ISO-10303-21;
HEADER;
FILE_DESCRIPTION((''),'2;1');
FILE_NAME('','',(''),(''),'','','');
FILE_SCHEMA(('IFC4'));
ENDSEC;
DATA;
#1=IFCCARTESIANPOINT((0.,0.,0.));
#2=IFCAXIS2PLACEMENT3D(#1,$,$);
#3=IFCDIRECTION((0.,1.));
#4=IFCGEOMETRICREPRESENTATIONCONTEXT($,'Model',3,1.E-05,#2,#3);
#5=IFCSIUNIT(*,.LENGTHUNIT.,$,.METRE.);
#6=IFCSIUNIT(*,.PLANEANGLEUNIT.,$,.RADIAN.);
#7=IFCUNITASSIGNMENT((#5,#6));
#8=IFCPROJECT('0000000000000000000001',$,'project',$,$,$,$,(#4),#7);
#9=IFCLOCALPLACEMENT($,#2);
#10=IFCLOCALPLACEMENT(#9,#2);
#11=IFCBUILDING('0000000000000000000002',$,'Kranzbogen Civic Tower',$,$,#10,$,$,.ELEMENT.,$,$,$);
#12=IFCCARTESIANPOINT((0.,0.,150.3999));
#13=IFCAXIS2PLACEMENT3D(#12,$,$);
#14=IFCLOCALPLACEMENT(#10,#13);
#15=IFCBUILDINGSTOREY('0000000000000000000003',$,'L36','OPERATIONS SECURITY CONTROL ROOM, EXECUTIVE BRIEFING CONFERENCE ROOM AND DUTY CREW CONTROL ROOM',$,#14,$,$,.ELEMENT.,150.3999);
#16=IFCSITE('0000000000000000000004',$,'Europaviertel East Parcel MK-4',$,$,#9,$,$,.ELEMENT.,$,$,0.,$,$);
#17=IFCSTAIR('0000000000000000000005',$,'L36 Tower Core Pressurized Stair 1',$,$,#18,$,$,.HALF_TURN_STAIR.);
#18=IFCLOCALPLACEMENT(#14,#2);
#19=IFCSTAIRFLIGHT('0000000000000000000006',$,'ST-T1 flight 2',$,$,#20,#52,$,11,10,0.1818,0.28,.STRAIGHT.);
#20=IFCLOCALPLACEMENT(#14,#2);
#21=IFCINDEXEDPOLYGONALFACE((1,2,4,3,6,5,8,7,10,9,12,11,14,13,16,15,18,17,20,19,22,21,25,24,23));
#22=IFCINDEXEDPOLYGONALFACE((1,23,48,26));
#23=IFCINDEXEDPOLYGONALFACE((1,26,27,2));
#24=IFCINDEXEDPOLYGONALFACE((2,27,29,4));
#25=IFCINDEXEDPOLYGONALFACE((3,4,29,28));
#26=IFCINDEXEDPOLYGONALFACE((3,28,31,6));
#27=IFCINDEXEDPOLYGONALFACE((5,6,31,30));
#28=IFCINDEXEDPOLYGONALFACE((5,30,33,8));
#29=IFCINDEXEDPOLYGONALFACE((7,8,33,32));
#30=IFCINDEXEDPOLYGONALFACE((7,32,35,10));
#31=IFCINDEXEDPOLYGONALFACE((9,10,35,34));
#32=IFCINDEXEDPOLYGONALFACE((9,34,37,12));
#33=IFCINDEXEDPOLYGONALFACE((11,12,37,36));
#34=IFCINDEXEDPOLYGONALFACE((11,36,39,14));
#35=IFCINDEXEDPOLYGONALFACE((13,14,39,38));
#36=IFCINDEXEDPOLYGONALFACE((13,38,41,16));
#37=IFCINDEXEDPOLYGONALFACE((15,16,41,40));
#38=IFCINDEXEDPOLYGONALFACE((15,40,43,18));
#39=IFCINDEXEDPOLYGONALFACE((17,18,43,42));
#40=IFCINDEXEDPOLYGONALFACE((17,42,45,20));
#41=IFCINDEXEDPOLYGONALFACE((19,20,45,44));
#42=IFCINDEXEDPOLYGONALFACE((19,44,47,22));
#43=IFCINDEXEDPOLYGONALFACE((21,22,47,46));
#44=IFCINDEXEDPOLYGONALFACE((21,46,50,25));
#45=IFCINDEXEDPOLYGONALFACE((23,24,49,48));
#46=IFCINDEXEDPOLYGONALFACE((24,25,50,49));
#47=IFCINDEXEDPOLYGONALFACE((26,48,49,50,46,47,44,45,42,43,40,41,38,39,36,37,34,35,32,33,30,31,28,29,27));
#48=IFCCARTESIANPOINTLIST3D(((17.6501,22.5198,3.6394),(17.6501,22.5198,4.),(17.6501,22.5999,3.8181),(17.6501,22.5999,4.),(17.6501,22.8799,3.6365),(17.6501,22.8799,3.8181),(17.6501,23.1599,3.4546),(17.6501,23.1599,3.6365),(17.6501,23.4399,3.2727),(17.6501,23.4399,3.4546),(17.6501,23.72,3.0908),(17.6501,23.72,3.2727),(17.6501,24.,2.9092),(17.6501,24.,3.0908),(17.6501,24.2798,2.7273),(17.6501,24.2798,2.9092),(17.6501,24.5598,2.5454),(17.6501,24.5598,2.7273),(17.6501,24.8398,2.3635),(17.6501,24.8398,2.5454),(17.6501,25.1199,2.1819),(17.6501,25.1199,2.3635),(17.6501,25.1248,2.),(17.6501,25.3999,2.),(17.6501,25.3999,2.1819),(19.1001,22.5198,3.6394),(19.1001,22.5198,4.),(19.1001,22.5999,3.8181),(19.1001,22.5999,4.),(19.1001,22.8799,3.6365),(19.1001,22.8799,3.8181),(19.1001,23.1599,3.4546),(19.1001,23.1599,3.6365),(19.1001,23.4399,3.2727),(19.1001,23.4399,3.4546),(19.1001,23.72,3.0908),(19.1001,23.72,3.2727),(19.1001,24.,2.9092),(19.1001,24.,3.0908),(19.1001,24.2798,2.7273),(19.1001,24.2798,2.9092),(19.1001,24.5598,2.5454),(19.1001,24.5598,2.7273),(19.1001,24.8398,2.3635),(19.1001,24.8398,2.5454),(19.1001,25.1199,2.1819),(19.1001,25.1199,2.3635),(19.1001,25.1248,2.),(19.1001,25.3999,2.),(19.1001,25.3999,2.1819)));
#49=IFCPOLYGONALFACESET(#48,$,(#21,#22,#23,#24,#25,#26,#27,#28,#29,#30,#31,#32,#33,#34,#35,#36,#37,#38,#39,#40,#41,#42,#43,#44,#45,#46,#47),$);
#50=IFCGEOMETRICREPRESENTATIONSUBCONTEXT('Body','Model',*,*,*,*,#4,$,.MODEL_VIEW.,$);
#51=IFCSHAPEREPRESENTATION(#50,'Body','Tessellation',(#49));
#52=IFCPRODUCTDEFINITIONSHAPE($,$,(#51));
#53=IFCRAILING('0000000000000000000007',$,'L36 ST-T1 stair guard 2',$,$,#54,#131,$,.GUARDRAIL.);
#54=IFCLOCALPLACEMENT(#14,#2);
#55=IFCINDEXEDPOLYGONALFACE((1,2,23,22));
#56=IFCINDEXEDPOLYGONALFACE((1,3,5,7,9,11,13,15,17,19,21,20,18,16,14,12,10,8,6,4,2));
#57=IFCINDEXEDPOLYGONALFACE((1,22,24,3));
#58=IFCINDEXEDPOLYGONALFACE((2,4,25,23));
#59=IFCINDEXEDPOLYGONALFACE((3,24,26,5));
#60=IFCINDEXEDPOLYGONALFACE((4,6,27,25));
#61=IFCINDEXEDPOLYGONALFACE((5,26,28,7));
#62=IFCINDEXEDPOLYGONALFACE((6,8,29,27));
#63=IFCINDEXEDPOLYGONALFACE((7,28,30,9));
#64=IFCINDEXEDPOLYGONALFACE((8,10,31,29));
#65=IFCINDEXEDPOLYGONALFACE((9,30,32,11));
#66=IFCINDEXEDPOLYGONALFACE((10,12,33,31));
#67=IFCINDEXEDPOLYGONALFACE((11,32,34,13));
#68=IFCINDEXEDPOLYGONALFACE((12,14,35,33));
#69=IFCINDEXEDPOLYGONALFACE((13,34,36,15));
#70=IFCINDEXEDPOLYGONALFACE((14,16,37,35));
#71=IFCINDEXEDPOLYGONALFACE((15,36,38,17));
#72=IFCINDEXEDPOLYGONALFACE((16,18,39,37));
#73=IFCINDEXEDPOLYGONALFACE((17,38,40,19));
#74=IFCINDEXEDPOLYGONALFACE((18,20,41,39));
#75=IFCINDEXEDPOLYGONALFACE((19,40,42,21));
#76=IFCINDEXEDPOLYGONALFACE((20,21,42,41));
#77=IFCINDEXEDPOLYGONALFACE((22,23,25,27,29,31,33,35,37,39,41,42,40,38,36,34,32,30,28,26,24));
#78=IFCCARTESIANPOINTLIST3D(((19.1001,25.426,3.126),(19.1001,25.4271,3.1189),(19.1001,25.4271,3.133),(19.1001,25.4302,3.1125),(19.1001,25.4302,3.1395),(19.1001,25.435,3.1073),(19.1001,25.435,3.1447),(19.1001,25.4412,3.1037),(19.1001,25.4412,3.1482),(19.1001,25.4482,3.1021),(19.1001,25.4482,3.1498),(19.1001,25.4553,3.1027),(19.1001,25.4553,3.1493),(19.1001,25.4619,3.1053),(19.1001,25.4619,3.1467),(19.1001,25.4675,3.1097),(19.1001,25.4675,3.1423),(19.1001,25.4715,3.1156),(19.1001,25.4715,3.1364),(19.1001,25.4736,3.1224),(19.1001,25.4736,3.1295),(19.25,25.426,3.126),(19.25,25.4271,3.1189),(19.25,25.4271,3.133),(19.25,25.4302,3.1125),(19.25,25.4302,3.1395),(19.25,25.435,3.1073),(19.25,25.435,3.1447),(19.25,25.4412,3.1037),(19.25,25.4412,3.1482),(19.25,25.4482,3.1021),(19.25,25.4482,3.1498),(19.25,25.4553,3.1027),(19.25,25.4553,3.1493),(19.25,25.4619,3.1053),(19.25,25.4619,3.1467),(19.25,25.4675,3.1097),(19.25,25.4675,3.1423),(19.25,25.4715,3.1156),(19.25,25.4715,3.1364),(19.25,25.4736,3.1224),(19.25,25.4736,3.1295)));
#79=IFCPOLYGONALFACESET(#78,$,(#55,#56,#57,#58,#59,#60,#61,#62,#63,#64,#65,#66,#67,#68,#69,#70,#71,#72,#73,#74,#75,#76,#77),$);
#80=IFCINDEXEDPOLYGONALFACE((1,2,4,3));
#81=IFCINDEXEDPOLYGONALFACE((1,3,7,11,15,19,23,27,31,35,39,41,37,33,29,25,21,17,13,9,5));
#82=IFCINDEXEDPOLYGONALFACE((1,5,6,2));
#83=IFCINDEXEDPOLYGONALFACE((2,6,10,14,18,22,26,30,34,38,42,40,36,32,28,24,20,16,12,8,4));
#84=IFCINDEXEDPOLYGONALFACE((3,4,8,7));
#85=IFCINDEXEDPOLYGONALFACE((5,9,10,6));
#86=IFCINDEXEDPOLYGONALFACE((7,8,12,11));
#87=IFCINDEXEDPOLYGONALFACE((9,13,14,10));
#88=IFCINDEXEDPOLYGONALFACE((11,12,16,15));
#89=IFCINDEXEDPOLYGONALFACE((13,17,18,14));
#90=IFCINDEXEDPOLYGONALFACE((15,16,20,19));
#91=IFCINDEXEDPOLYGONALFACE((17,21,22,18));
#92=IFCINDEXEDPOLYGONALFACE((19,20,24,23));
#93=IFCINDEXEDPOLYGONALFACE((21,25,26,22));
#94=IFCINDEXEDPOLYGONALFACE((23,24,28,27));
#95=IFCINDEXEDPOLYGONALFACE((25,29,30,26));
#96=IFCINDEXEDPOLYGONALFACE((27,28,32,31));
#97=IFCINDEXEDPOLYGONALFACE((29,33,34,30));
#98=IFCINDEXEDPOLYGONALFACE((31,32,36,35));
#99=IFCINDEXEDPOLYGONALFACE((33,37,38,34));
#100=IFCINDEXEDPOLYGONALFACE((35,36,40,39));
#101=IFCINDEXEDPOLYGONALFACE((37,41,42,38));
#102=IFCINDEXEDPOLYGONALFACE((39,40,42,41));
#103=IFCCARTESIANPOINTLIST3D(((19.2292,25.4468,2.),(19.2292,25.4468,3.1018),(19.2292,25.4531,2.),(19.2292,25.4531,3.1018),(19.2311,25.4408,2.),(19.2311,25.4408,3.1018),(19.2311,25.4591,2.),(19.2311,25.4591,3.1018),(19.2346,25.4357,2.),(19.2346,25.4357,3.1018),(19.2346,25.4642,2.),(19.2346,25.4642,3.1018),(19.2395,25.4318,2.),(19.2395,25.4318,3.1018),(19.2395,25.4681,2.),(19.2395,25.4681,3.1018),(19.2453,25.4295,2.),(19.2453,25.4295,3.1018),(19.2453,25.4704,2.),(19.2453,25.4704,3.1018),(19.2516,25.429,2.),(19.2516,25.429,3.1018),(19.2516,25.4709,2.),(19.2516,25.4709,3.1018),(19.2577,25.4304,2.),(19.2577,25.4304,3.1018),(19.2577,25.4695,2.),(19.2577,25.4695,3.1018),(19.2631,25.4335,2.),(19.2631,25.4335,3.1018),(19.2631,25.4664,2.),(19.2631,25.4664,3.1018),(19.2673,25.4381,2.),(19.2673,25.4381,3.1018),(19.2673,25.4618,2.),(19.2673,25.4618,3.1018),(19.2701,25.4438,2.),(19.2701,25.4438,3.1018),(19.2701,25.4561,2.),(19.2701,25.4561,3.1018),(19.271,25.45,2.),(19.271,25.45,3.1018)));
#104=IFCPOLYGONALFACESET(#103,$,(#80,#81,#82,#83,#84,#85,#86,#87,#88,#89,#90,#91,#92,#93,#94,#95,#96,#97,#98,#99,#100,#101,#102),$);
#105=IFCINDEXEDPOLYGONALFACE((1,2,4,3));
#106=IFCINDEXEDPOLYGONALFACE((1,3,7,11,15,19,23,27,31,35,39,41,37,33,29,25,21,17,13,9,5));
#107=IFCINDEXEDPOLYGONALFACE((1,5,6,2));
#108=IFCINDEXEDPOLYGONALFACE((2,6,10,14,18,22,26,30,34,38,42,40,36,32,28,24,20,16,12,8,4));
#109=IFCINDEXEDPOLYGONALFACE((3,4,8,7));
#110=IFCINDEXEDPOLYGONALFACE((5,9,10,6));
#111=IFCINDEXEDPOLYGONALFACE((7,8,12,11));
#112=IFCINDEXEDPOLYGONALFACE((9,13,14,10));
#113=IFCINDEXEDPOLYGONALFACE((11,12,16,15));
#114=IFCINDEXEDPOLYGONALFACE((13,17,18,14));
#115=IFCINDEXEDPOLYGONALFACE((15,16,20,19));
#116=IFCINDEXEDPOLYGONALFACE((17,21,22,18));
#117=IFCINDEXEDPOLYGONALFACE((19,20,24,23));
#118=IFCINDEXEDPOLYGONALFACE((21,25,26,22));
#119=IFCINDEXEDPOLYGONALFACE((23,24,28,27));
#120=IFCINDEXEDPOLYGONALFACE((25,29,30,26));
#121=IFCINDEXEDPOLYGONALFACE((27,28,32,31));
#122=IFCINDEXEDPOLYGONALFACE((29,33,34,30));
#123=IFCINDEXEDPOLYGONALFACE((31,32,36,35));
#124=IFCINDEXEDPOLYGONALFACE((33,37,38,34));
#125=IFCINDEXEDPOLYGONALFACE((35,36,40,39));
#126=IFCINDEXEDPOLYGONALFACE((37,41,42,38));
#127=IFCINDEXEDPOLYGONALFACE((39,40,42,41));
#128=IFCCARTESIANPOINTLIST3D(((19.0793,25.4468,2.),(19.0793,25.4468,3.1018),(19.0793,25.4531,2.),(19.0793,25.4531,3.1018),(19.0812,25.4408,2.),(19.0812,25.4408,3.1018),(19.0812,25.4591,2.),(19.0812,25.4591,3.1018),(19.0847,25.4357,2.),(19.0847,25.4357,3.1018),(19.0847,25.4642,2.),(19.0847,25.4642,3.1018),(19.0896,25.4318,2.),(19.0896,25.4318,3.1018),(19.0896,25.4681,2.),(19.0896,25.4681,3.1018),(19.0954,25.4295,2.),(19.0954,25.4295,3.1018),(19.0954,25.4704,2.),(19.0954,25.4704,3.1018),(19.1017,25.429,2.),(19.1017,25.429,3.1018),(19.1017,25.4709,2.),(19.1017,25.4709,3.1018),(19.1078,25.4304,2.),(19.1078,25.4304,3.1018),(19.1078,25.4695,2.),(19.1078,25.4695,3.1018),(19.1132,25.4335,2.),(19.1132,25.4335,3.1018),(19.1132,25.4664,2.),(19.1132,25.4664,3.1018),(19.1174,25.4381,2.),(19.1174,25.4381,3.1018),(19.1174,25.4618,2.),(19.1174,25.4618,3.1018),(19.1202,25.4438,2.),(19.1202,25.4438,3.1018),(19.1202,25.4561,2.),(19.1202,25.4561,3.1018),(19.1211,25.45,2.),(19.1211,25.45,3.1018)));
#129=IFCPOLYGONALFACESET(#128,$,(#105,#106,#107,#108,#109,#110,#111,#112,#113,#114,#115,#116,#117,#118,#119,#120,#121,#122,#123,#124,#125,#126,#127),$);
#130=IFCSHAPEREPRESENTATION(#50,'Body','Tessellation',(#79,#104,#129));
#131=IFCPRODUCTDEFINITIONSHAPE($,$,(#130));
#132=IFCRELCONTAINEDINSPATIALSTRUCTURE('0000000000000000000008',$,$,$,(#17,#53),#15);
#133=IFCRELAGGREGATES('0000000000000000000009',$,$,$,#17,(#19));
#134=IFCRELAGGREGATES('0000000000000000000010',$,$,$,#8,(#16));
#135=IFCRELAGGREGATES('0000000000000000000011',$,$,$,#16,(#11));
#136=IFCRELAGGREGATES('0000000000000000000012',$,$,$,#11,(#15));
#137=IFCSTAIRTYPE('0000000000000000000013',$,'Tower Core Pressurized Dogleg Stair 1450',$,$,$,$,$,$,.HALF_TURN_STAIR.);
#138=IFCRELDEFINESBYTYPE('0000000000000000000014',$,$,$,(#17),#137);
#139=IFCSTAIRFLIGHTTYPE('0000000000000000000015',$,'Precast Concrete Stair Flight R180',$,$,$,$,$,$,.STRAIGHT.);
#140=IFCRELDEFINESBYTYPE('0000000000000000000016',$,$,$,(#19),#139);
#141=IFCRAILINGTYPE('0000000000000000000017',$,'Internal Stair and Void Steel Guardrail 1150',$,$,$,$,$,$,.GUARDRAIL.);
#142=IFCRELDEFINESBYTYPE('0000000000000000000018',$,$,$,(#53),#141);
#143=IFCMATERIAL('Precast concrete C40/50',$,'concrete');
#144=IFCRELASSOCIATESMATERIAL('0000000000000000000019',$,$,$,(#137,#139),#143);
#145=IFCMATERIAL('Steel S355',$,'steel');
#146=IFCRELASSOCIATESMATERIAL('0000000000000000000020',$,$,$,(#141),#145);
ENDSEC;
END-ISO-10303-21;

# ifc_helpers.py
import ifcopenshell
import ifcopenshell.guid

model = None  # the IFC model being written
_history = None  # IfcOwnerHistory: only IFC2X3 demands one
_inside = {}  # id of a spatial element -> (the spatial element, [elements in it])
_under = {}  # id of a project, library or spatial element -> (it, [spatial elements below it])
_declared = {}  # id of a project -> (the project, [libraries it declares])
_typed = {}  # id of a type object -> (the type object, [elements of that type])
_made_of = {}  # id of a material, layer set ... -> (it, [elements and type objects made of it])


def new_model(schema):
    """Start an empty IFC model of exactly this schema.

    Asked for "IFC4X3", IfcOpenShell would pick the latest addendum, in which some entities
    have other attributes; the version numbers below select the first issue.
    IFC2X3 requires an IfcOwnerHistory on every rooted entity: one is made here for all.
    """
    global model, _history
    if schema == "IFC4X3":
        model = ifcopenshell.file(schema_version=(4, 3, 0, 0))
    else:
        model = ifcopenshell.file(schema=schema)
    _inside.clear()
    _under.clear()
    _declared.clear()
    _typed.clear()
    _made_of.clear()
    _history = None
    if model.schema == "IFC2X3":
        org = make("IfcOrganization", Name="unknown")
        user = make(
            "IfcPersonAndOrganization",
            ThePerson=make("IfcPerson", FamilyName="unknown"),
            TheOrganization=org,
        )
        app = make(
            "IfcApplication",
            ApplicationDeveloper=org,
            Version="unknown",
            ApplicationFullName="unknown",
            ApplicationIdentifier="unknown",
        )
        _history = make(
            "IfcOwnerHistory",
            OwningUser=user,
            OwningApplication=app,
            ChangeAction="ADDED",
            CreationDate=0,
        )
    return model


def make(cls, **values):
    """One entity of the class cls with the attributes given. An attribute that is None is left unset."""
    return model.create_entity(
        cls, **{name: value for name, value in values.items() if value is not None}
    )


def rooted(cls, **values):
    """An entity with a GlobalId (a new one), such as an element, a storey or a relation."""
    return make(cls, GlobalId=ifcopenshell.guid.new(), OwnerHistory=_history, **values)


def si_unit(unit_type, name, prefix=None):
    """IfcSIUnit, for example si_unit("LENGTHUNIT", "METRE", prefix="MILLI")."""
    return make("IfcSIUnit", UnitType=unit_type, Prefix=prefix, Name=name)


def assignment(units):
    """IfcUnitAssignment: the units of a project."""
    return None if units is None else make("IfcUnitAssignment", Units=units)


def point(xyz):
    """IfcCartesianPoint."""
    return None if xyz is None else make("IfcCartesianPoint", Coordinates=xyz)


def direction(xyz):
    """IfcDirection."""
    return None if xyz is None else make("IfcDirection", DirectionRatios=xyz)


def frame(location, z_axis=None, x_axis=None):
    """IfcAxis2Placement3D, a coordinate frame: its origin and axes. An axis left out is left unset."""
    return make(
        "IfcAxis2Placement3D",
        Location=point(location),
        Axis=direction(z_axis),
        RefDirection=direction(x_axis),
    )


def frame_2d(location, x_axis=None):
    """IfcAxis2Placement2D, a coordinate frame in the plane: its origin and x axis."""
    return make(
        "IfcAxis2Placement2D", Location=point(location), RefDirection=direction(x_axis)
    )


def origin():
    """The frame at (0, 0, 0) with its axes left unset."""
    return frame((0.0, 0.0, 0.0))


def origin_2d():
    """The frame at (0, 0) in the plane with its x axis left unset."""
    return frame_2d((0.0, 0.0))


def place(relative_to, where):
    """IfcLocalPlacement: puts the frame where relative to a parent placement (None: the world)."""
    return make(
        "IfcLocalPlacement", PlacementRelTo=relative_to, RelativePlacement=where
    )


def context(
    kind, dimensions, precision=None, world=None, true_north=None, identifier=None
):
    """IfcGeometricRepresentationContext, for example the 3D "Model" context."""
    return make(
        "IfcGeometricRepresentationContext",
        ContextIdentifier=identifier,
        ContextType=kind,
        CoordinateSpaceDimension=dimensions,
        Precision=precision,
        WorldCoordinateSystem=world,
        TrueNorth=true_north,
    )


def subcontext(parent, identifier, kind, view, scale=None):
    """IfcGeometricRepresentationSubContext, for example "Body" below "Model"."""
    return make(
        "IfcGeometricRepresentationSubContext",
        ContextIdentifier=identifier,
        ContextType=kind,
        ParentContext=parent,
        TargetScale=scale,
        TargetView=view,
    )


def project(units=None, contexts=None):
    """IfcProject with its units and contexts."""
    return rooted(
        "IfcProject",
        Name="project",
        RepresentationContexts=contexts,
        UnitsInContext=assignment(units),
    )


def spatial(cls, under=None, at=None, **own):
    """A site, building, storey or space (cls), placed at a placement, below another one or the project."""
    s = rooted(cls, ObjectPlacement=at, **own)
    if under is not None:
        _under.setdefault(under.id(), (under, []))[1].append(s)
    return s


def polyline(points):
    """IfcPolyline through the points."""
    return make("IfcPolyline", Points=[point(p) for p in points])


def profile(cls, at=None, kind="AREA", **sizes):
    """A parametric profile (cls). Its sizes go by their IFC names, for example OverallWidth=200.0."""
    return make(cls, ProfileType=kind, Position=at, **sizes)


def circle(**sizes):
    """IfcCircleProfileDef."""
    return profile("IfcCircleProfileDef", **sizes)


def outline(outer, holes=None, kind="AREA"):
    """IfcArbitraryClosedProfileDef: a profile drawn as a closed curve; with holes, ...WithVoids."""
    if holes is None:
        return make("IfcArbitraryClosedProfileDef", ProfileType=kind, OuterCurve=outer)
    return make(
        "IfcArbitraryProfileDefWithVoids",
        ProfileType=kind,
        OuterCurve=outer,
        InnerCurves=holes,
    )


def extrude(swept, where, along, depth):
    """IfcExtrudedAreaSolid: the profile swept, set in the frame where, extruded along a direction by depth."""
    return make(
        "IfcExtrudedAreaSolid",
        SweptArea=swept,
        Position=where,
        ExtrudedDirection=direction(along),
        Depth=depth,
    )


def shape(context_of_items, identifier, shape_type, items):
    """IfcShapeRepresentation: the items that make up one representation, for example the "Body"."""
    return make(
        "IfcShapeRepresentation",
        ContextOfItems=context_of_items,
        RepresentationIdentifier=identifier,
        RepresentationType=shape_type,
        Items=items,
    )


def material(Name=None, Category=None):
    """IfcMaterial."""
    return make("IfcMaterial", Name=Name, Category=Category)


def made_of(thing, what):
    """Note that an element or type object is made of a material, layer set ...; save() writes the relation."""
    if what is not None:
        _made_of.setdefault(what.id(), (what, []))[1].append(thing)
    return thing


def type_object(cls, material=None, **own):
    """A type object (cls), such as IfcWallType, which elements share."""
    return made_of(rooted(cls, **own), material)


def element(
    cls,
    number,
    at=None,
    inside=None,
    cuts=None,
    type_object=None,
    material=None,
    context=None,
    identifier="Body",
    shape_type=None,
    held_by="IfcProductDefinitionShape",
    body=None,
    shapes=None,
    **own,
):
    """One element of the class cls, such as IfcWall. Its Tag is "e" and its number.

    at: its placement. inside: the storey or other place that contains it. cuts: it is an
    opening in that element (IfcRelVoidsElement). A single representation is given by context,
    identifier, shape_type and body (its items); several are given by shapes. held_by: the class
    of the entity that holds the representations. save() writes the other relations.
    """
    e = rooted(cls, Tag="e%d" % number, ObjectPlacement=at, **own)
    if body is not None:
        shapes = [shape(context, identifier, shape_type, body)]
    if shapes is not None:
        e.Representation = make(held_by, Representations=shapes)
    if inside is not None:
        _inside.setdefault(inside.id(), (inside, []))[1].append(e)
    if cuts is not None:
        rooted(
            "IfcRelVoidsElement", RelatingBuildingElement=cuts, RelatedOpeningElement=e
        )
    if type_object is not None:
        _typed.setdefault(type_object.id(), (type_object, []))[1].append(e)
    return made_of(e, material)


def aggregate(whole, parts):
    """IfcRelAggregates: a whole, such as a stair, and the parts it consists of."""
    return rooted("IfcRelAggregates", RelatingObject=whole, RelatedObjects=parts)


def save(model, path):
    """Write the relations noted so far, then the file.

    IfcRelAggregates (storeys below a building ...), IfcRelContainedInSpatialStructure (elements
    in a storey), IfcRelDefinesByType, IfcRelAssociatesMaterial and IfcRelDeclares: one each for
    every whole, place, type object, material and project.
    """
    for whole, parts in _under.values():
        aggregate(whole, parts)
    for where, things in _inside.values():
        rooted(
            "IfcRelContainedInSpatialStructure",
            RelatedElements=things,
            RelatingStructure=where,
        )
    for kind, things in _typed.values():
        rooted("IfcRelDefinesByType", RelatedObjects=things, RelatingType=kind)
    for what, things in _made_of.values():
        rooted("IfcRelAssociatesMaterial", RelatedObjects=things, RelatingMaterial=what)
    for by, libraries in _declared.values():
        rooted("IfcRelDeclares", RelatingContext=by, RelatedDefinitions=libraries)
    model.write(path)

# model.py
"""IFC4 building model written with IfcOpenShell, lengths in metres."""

from ifc_helpers import new_model, si_unit, direction, frame, origin, origin_2d, place, context, subcontext, project, spatial, polyline, circle, outline, extrude, material, type_object, element, aggregate, save


model = new_model("IFC4")

# Units and contexts
model_context = context("Model", 3, precision=1e-05, world=origin(), true_north=direction((0.0, 1.0)))
body_context = subcontext(model_context, "Body", "Model", "MODEL_VIEW")
ifc_project = project(units=[si_unit("LENGTHUNIT", "METRE"), si_unit("PLANEANGLEUNIT", "RADIAN")], contexts=[model_context])

# Site, building, storey
site_placement = place(None, origin())
site = spatial("IfcSite", under=ifc_project, at=site_placement, Name="Europaviertel East Parcel MK-4", CompositionType="ELEMENT", RefElevation=0.0)
building_placement = place(site_placement, origin())
building = spatial("IfcBuilding", under=site, at=building_placement, Name="Kranzbogen Civic Tower", CompositionType="ELEMENT")
storey_placement = place(building_placement, frame((0.0, 0.0, 150.3999)))
storey = spatial("IfcBuildingStorey", under=building, at=storey_placement, Name="L36", Description="OPERATIONS SECURITY CONTROL ROOM, EXECUTIVE BRIEFING CONFERENCE ROOM AND DUTY CREW CONTROL ROOM", CompositionType="ELEMENT", Elevation=150.3999)

# Shared definitions
ifc_material_1 = material(Name="Steel S355", Category="steel")

# Stair, stair flight
ifc_material_2 = material(Name="Precast concrete C40/50", Category="concrete")
stair_type = type_object("IfcStairType", Name="Tower Core Pressurized Dogleg Stair 1450", PredefinedType="HALF_TURN_STAIR", material=ifc_material_2)
stair_placement = place(storey_placement, origin())
stair = element("IfcStair", 1, at=stair_placement, inside=storey, type_object=stair_type, Name="L36 Tower Core Pressurized Stair 1", PredefinedType="HALF_TURN_STAIR")
stair_flight_type = type_object("IfcStairFlightType", Name="Precast Concrete Stair Flight R180", PredefinedType="STRAIGHT", material=ifc_material_2)
stair_flight_placement = place(storey_placement, frame((18.375, 25.3999, 2.0), z_axis=(0.0, 0.0, 1.0), x_axis=(0.0, -1.0, 0.0)))
stair_flight = element("IfcStairFlight", 2, at=stair_flight_placement, type_object=stair_flight_type, Name="ST-T1 flight 2", NumberOfRisers=11, NumberOfTreads=10, PredefinedType="STRAIGHT", RiserHeight=0.1818, TreadLength=0.28, context=body_context, shape_type="SweptSolid", body=[
    extrude(outline(polyline([(0.0, 0.0), (0.0, 0.1819), (0.28, 0.1819), (0.28, 0.3635), (0.5601, 0.3635), (0.5601, 0.5454), (0.8401, 0.5454), (0.8401, 0.7273), (1.1201, 0.7273), (1.1201, 0.9092), (1.3999, 0.9092), (1.3999, 1.0908), (1.6799, 1.0908), (1.6799, 1.2727), (1.96, 1.2727), (1.96, 1.4546), (2.24, 1.4546), (2.24, 1.6365), (2.52, 1.6365), (2.52, 1.8181), (2.8, 1.8181), (2.8, 2.0), (2.8801, 2.0), (2.8801, 1.6394), (0.2751, 0.0), (0.0, 0.0)])), frame((0.0, 0.7251, 0.0), z_axis=(0.0, -1.0, 0.0), x_axis=(1.0, 0.0, 0.0)), (0.0, 0.0, 1.0), 1.45),
])
aggregate(stair, [stair_flight])

# Railing
railing_type_1 = type_object("IfcRailingType", Name="Internal Stair and Void Steel Guardrail 1150", PredefinedType="GUARDRAIL", material=ifc_material_1)
railing_1_placement = place(storey_placement, frame((19.25, 25.45, 2.0)))
element("IfcRailing", 3, at=railing_1_placement, inside=storey, type_object=railing_type_1, Name="L36 ST-T1 stair guard 2", PredefinedType="GUARDRAIL", context=body_context, shape_type="SweptSolid", body=[
    extrude(circle(Radius=0.0239, at=origin_2d()), frame((0.0, 0.0, 1.126), z_axis=(-1.0, 0.0, 0.0), x_axis=(0.0, -1.0, 0.0)), (0.0, 0.0, 1.0), 0.1499),
    extrude(circle(Radius=0.021, at=origin_2d()), origin(), (0.0, 0.0, 1.0), 1.1018),
    extrude(circle(Radius=0.021, at=origin_2d()), frame((-0.1499, 0.0, 0.0)), (0.0, 0.0, 1.0), 1.1018),
])

save(model, "model.ifc")
